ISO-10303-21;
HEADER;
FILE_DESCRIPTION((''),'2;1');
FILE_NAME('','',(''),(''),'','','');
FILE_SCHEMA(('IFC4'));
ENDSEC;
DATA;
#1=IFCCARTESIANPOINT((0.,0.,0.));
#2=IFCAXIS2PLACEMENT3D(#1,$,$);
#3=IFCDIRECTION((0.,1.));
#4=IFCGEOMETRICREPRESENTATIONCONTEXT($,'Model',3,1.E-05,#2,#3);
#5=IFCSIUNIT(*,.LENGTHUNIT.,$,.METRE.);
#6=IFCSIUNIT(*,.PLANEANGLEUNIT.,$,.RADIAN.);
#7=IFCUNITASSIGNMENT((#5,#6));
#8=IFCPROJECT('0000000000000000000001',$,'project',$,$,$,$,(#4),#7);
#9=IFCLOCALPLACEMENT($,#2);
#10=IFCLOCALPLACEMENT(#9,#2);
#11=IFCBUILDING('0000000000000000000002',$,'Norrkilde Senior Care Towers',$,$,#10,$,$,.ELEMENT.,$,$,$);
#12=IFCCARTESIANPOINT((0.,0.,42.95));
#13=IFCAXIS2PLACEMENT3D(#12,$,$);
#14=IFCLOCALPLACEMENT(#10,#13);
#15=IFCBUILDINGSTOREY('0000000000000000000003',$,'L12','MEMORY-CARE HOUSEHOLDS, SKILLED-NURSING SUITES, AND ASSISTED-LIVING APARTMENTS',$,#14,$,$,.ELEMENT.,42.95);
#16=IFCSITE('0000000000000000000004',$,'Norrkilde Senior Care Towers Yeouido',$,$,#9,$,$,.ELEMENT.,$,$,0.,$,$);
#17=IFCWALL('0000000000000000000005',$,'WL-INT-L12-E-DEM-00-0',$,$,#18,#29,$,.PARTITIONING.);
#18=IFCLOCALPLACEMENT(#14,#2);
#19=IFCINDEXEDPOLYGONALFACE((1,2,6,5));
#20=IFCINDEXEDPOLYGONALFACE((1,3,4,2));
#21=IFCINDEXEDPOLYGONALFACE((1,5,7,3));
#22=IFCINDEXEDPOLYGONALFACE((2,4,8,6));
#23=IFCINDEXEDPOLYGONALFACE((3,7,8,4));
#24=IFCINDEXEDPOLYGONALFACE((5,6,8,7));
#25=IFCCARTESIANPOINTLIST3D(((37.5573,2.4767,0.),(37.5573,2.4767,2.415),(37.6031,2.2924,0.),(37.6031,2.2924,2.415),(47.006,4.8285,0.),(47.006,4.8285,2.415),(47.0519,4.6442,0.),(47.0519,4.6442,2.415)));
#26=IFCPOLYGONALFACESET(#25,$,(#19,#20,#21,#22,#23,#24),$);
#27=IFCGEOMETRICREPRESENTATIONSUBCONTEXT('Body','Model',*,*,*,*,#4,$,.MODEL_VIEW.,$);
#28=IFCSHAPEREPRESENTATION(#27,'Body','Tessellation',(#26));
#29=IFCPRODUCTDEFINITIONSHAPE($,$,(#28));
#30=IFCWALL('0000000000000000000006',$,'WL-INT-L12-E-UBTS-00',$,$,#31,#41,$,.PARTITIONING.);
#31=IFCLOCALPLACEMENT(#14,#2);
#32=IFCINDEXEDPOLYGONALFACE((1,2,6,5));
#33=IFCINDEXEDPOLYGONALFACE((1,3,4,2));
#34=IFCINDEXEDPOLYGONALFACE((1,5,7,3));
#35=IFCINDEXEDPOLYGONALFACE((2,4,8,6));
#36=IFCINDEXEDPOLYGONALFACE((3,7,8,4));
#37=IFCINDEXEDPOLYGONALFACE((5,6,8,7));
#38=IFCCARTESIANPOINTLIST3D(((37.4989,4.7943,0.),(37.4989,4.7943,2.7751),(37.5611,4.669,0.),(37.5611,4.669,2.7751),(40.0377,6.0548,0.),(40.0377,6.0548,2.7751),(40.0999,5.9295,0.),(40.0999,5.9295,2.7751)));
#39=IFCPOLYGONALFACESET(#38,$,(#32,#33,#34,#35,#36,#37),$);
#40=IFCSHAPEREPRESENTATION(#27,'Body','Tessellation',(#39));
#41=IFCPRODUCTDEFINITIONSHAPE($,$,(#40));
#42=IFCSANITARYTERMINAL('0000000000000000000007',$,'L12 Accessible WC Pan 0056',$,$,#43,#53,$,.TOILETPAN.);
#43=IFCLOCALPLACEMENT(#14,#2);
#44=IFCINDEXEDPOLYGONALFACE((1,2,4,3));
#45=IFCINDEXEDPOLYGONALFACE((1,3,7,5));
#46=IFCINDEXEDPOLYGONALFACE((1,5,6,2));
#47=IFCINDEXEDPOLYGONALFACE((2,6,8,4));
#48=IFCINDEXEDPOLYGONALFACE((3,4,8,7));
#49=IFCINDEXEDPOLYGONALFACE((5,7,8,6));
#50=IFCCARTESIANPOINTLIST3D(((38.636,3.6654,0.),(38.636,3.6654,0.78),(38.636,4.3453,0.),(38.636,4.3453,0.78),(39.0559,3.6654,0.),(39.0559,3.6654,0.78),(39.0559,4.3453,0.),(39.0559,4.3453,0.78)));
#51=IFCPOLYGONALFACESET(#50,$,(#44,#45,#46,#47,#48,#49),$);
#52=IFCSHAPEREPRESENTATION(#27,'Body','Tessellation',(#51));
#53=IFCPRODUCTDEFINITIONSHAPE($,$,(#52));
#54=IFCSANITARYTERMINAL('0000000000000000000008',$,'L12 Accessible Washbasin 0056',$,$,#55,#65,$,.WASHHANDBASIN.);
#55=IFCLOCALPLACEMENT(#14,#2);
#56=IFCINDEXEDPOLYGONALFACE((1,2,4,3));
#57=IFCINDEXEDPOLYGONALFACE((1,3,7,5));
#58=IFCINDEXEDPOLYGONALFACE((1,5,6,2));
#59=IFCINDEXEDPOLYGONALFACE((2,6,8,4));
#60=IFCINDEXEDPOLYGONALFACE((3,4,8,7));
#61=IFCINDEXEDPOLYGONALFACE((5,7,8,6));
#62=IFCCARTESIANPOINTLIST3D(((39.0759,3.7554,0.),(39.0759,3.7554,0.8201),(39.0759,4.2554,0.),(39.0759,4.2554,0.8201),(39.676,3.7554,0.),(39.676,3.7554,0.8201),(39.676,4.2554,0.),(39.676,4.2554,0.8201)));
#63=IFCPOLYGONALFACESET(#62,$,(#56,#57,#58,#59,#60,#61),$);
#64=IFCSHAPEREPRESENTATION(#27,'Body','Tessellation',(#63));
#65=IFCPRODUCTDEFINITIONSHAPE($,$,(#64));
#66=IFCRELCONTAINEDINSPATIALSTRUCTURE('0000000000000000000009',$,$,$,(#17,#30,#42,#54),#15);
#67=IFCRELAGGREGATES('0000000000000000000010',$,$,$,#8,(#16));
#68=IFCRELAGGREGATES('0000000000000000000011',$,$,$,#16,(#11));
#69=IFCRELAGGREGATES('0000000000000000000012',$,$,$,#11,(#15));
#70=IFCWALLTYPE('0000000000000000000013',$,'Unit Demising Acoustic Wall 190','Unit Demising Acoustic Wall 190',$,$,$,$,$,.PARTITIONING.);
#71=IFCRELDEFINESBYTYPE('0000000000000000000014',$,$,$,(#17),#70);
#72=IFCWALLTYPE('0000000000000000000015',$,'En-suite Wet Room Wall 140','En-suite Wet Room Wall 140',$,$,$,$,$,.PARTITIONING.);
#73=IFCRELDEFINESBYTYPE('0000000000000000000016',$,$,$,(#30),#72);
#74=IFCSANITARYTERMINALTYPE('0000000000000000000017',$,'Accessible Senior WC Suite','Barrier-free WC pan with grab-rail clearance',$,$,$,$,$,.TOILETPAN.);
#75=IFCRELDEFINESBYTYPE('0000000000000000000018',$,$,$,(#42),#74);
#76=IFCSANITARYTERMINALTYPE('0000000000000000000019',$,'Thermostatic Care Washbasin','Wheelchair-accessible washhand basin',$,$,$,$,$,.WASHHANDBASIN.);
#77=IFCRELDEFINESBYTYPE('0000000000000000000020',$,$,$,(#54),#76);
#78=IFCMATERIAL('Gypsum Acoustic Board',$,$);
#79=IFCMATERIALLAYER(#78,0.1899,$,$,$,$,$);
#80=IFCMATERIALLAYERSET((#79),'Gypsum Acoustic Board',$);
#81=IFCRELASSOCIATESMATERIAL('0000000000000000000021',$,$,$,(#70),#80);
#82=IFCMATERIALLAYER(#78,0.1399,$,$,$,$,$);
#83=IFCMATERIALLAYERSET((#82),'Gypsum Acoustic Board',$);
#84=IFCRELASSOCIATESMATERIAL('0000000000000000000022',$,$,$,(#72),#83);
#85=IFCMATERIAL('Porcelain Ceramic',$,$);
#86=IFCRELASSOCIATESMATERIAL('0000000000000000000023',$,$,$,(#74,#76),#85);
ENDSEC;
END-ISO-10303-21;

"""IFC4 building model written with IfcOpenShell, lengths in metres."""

from ifc_helpers import new_model, si_unit, direction, frame, frame_2d, origin, origin_2d, place, context, subcontext, project, spatial, rectangle, extrude, source, transform, mapped, material, layer, layer_set, type_object, type_shapes, element, save


model = new_model("IFC4")

# Units and contexts
model_context = context("Model", 3, precision=1e-05, world=origin(), true_north=direction((0.0, 1.0)))
body_context = subcontext(model_context, "Body", "Model", "MODEL_VIEW")
ifc_project = project(units=[si_unit("LENGTHUNIT", "METRE"), si_unit("PLANEANGLEUNIT", "RADIAN")], contexts=[model_context])

# Site, building, storey
site_placement = place(None, origin())
site = spatial("IfcSite", under=ifc_project, at=site_placement, Name="Norrkilde Senior Care Towers Yeouido", CompositionType="ELEMENT", RefElevation=0.0)
building_placement = place(site_placement, origin())
building = spatial("IfcBuilding", under=site, at=building_placement, Name="Norrkilde Senior Care Towers", CompositionType="ELEMENT")
storey_placement = place(building_placement, frame((0.0, 0.0, 42.95)))
storey = spatial("IfcBuildingStorey", under=building, at=storey_placement, Name="L12", Description="MEMORY-CARE HOUSEHOLDS, SKILLED-NURSING SUITES, AND ASSISTED-LIVING APARTMENTS", CompositionType="ELEMENT", Elevation=42.95)

# Walls
ifc_material_1 = material(Name="Gypsum Acoustic Board")
ifc_layer_1 = layer(ifc_material_1, 0.1899)
ifc_layer_set_1 = layer_set([ifc_layer_1], Name="Gypsum Acoustic Board")
wall_type_1 = type_object("IfcWallType", Name="Unit Demising Acoustic Wall 190", Description="Unit Demising Acoustic Wall 190", PredefinedType="PARTITIONING", material=ifc_layer_set_1)
shared_shape_1 = source(origin(), body_context, "Body", "SweptSolid", [
    extrude(rectangle(XDim=9.7371, YDim=0.1899, at=frame_2d((4.8687, 0.0))), origin(), (0.0, 0.0, 1.0), 2.415),
])
type_shapes(wall_type_1, [shared_shape_1])
wall_1_placement = place(storey_placement, frame((37.5801, 2.3845, 0.0), z_axis=(0.0, 0.0, 1.0), x_axis=(0.970393, 0.241533, 0.0)))
element("IfcWall", 1, at=wall_1_placement, inside=storey, type_object=wall_type_1, Name="WL-INT-L12-E-DEM-00-0", PredefinedType="PARTITIONING", context=body_context, shape_type="MappedRepresentation", body=[
    mapped(shared_shape_1, transform((0.0, 0.0, 0.0), x_axis=(1.0, 0.0, 0.0), y_axis=(0.0, 1.0, 0.0), z_axis=(0.0, 0.0, 1.0), scale=1.0)),
])
ifc_layer_2 = layer(ifc_material_1, 0.1399)
ifc_layer_set_2 = layer_set([ifc_layer_2], Name="Gypsum Acoustic Board")
wall_type_2 = type_object("IfcWallType", Name="En-suite Wet Room Wall 140", Description="En-suite Wet Room Wall 140", PredefinedType="PARTITIONING", material=ifc_layer_set_2)
shared_shape_2 = source(origin(), body_context, "Body", "SweptSolid", [
    extrude(rectangle(XDim=2.8345, YDim=0.1399, at=frame_2d((1.4172, 0.0))), origin(), (0.0, 0.0, 1.0), 2.7751),
])
type_shapes(wall_type_2, [shared_shape_2])
wall_2_placement = place(storey_placement, frame((37.53, 4.7317, 0.0), z_axis=(0.0, 0.0, 1.0), x_axis=(0.895681, 0.444697, 0.0)))
element("IfcWall", 2, at=wall_2_placement, inside=storey, type_object=wall_type_2, Name="WL-INT-L12-E-UBTS-00", PredefinedType="PARTITIONING", context=body_context, shape_type="MappedRepresentation", body=[
    mapped(shared_shape_2, transform((0.0, 0.0, 0.0), x_axis=(1.0, 0.0, 0.0), y_axis=(0.0, 1.0, 0.0), z_axis=(0.0, 0.0, 1.0), scale=1.0)),
])

# Sanitary terminals
ifc_material_2 = material(Name="Porcelain Ceramic")
sanitary_terminal_type_1 = type_object("IfcSanitaryTerminalType", Name="Accessible Senior WC Suite", Description="Barrier-free WC pan with grab-rail clearance", PredefinedType="TOILETPAN", material=ifc_material_2)
shared_shape_3 = source(origin(), body_context, "Body", "SweptSolid", [
    extrude(rectangle(XDim=0.4199, YDim=0.6799, at=origin_2d()), origin(), (0.0, 0.0, 1.0), 0.78),
])
type_shapes(sanitary_terminal_type_1, [shared_shape_3])
sanitary_terminal_1_placement = place(storey_placement, frame((38.8459, 4.0054, 0.0), z_axis=(0.0, 0.0, 1.0), x_axis=(1.0, 0.0, 0.0)))
element("IfcSanitaryTerminal", 3, at=sanitary_terminal_1_placement, inside=storey, type_object=sanitary_terminal_type_1, Name="L12 Accessible WC Pan 0056", PredefinedType="TOILETPAN", context=body_context, shape_type="MappedRepresentation", body=[
    mapped(shared_shape_3, transform((0.0, 0.0, 0.0), x_axis=(1.0, 0.0, 0.0), y_axis=(0.0, 1.0, 0.0), z_axis=(0.0, 0.0, 1.0), scale=1.0)),
])
sanitary_terminal_type_2 = type_object("IfcSanitaryTerminalType", Name="Thermostatic Care Washbasin", Description="Wheelchair-accessible washhand basin", PredefinedType="WASHHANDBASIN", material=ifc_material_2)
shared_shape_4 = source(origin(), body_context, "Body", "SweptSolid", [
    extrude(rectangle(XDim=0.6001, YDim=0.5, at=origin_2d()), origin(), (0.0, 0.0, 1.0), 0.8201),
])
type_shapes(sanitary_terminal_type_2, [shared_shape_4])
sanitary_terminal_2_placement = place(storey_placement, frame((39.376, 4.0054, 0.0), z_axis=(0.0, 0.0, 1.0), x_axis=(1.0, 0.0, 0.0)))
element("IfcSanitaryTerminal", 4, at=sanitary_terminal_2_placement, inside=storey, type_object=sanitary_terminal_type_2, Name="L12 Accessible Washbasin 0056", PredefinedType="WASHHANDBASIN", context=body_context, shape_type="MappedRepresentation", body=[
    mapped(shared_shape_4, transform((0.0, 0.0, 0.0), x_axis=(1.0, 0.0, 0.0), y_axis=(0.0, 1.0, 0.0), z_axis=(0.0, 0.0, 1.0), scale=1.0)),
])

save(model, "model.ifc")
